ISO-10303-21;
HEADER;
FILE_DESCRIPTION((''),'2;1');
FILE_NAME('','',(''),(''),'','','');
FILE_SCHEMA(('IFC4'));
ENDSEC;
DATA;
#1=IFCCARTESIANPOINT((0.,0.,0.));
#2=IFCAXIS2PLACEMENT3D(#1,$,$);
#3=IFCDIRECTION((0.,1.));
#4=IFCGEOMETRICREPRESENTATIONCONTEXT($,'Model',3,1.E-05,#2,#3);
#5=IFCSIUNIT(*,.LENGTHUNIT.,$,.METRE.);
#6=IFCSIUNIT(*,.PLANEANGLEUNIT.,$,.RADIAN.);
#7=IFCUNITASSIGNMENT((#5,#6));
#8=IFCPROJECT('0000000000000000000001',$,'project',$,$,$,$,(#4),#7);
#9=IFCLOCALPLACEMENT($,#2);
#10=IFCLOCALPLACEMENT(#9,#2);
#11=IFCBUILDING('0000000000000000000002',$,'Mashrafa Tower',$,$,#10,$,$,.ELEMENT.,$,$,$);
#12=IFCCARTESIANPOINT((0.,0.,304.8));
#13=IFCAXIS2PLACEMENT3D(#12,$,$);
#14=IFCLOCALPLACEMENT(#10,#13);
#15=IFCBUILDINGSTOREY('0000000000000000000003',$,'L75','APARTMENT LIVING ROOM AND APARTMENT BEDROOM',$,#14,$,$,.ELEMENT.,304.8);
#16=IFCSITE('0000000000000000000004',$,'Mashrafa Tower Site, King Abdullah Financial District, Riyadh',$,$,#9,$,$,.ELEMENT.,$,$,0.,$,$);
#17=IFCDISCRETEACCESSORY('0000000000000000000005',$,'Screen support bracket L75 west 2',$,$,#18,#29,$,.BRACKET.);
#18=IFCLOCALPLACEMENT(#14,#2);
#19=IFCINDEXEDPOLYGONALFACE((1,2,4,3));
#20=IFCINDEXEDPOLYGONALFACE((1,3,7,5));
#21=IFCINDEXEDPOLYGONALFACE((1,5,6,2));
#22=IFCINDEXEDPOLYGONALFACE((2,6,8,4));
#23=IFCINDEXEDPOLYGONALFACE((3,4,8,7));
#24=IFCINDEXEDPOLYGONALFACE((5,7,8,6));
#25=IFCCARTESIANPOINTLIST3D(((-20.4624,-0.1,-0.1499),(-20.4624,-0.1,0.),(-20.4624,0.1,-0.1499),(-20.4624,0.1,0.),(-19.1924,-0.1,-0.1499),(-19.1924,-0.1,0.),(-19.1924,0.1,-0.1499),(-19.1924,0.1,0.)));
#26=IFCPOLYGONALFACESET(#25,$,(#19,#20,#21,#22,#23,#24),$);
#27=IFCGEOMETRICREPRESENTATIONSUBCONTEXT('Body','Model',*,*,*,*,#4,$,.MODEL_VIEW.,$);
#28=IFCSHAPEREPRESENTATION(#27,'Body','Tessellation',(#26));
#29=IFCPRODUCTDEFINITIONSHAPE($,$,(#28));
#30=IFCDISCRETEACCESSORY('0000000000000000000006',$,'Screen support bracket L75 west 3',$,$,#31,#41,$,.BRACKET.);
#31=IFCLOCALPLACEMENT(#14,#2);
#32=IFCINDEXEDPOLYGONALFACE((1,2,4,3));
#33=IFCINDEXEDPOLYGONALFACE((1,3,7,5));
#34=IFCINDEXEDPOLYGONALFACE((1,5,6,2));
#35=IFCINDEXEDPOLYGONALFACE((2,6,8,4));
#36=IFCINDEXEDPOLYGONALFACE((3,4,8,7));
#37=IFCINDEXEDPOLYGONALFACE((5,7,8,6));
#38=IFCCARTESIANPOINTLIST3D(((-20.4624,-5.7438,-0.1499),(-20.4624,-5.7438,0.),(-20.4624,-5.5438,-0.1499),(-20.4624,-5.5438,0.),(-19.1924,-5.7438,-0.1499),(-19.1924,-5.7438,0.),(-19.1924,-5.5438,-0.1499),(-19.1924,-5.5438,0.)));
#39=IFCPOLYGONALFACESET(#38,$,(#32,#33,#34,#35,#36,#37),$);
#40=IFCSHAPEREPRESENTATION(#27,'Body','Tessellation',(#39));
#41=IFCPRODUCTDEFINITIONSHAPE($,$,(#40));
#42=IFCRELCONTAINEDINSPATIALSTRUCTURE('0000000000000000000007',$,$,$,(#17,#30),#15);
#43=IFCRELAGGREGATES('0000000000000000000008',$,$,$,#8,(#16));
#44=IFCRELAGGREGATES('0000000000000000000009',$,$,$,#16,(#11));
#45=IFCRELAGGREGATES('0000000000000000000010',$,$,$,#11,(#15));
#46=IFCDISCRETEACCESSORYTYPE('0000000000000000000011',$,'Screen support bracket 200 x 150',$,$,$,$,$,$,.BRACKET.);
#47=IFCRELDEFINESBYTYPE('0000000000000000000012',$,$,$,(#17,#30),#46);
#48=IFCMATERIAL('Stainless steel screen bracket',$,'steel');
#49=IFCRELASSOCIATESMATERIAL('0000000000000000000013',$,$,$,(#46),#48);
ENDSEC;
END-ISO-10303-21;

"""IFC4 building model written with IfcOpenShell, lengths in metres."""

from ifc_helpers import new_model, si_unit, direction, frame, origin, origin_2d, place, context, subcontext, project, spatial, rectangle, extrude, source, transform, mapped, material, type_object, type_shapes, element, save


model = new_model("IFC4")

# Units and contexts
model_context = context("Model", 3, precision=1e-05, world=origin(), true_north=direction((0.0, 1.0)))
body_context = subcontext(model_context, "Body", "Model", "MODEL_VIEW")
ifc_project = project(units=[si_unit("LENGTHUNIT", "METRE"), si_unit("PLANEANGLEUNIT", "RADIAN")], contexts=[model_context])

# Site, building, storey
site_placement = place(None, origin())
site = spatial("IfcSite", under=ifc_project, at=site_placement, Name="Mashrafa Tower Site, King Abdullah Financial District, Riyadh", CompositionType="ELEMENT", RefElevation=0.0)
building_placement = place(site_placement, origin())
building = spatial("IfcBuilding", under=site, at=building_placement, Name="Mashrafa Tower", CompositionType="ELEMENT")
storey_placement = place(building_placement, frame((0.0, 0.0, 304.8)))
storey = spatial("IfcBuildingStorey", under=building, at=storey_placement, Name="L75", Description="APARTMENT LIVING ROOM AND APARTMENT BEDROOM", CompositionType="ELEMENT", Elevation=304.8)

# Discrete accessories
ifc_material_1 = material(Name="Stainless steel screen bracket", Category="steel")
discrete_accessory_type = type_object("IfcDiscreteAccessoryType", Name="Screen support bracket 200 x 150", PredefinedType="BRACKET", material=ifc_material_1)
shared_shape_1 = source(origin(), body_context, "Body", "SweptSolid", [
    extrude(rectangle(XDim=0.2, YDim=1.27, at=origin_2d()), origin(), (0.0, 0.0, 1.0), 0.1499),
])
type_shapes(discrete_accessory_type, [shared_shape_1])
for number, where, z_axis, x_axis, name in (
    (1, (-19.8274, 0.0, -0.1499), (0.0, 0.0, 1.0), (0.0, -1.0, 0.0), "Screen support bracket L75 west 2"),
    (2, (-19.8274, -5.6438, -0.1499), (0.0, 0.0, 1.0), (0.0, -1.0, 0.0), "Screen support bracket L75 west 3"),
):
    element("IfcDiscreteAccessory", number, at=place(storey_placement, frame(where, z_axis=z_axis, x_axis=x_axis)), inside=storey, type_object=discrete_accessory_type, Name=name, PredefinedType="BRACKET", context=body_context, shape_type="MappedRepresentation", body=[
        mapped(shared_shape_1, transform((0.0, 0.0, 0.0))),
    ])

save(model, "model.ifc")
